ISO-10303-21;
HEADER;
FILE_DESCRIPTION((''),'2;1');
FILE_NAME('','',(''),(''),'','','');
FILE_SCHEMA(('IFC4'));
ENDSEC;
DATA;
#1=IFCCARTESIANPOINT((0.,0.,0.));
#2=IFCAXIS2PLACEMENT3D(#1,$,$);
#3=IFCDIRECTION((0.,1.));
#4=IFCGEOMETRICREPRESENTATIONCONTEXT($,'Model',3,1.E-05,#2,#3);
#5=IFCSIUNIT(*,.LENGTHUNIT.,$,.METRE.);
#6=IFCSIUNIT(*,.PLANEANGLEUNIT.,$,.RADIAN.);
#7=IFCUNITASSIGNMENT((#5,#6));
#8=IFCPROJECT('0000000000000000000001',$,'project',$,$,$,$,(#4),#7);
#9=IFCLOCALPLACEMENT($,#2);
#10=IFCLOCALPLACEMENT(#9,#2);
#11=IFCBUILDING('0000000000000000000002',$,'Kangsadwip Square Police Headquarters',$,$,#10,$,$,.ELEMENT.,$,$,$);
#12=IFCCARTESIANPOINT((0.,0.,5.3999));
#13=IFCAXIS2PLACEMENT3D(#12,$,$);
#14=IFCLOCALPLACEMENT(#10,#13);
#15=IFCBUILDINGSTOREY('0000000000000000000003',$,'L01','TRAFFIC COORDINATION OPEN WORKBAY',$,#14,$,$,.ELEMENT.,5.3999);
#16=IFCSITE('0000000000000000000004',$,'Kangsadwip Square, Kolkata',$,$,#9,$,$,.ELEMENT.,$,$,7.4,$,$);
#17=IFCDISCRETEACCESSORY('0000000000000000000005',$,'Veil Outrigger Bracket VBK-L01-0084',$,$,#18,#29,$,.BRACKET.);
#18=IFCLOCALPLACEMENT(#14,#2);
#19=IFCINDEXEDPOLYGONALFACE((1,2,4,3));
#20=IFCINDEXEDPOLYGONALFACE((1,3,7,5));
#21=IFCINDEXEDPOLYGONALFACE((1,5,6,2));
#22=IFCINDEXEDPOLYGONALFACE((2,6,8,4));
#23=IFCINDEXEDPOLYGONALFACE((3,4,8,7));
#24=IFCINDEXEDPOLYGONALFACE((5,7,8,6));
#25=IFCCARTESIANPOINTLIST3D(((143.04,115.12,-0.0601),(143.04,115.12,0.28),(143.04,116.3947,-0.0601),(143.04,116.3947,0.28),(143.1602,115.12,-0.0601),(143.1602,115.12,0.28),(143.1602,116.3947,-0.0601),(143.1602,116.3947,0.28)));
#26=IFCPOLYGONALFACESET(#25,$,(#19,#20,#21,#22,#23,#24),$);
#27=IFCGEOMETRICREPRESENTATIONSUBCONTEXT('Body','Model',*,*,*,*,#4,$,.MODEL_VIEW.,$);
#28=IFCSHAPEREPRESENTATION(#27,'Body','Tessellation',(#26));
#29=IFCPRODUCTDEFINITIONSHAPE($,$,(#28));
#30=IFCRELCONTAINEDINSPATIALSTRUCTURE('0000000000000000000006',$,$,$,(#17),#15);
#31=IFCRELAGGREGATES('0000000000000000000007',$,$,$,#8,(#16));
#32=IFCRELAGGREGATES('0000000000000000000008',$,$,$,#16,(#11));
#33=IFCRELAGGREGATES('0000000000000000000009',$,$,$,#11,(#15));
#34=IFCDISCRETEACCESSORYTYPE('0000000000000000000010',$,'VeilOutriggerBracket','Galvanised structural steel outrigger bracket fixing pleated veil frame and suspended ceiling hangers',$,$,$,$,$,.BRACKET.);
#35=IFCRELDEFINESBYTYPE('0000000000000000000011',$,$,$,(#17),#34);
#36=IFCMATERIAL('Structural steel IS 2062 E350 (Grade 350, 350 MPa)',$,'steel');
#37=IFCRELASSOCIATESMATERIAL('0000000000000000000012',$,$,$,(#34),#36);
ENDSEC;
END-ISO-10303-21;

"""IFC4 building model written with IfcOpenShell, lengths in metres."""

from ifc_helpers import new_model, si_unit, direction, frame, origin, origin_2d, place, context, subcontext, project, spatial, rectangle, extrude, material, type_object, element, save


model = new_model("IFC4")

# Units and contexts
model_context = context("Model", 3, precision=1e-05, world=origin(), true_north=direction((0.0, 1.0)))
body_context = subcontext(model_context, "Body", "Model", "MODEL_VIEW")
ifc_project = project(units=[si_unit("LENGTHUNIT", "METRE"), si_unit("PLANEANGLEUNIT", "RADIAN")], contexts=[model_context])

# Site, building, storey
site_placement = place(None, origin())
site = spatial("IfcSite", under=ifc_project, at=site_placement, Name="Kangsadwip Square, Kolkata", CompositionType="ELEMENT", RefElevation=7.4)
building_placement = place(site_placement, origin())
building = spatial("IfcBuilding", under=site, at=building_placement, Name="Kangsadwip Square Police Headquarters", CompositionType="ELEMENT")
storey_placement = place(building_placement, frame((0.0, 0.0, 5.3999)))
storey = spatial("IfcBuildingStorey", under=building, at=storey_placement, Name="L01", Description="TRAFFIC COORDINATION OPEN WORKBAY", CompositionType="ELEMENT", Elevation=5.3999)

# Discrete accessory
ifc_material_1 = material(Name="Structural steel IS 2062 E350 (Grade 350, 350 MPa)", Category="steel")
discrete_accessory_type = type_object("IfcDiscreteAccessoryType", Name="VeilOutriggerBracket", Description="Galvanised structural steel outrigger bracket fixing pleated veil frame and suspended ceiling hangers", PredefinedType="BRACKET", material=ifc_material_1)
discrete_accessory_1_placement = place(storey_placement, frame((143.1001, 115.7573, -0.0601), z_axis=(0.0, 0.0, 1.0), x_axis=(1.0, 0.0, 0.0)))
element("IfcDiscreteAccessory", 1, at=discrete_accessory_1_placement, inside=storey, type_object=discrete_accessory_type, Name="Veil Outrigger Bracket VBK-L01-0084", PredefinedType="BRACKET", context=body_context, shape_type="SweptSolid", body=[
    extrude(rectangle(XDim=0.1201, YDim=1.2747, at=origin_2d()), origin(), (0.0, 0.0, 1.0), 0.3401),
])

save(model, "model.ifc")
